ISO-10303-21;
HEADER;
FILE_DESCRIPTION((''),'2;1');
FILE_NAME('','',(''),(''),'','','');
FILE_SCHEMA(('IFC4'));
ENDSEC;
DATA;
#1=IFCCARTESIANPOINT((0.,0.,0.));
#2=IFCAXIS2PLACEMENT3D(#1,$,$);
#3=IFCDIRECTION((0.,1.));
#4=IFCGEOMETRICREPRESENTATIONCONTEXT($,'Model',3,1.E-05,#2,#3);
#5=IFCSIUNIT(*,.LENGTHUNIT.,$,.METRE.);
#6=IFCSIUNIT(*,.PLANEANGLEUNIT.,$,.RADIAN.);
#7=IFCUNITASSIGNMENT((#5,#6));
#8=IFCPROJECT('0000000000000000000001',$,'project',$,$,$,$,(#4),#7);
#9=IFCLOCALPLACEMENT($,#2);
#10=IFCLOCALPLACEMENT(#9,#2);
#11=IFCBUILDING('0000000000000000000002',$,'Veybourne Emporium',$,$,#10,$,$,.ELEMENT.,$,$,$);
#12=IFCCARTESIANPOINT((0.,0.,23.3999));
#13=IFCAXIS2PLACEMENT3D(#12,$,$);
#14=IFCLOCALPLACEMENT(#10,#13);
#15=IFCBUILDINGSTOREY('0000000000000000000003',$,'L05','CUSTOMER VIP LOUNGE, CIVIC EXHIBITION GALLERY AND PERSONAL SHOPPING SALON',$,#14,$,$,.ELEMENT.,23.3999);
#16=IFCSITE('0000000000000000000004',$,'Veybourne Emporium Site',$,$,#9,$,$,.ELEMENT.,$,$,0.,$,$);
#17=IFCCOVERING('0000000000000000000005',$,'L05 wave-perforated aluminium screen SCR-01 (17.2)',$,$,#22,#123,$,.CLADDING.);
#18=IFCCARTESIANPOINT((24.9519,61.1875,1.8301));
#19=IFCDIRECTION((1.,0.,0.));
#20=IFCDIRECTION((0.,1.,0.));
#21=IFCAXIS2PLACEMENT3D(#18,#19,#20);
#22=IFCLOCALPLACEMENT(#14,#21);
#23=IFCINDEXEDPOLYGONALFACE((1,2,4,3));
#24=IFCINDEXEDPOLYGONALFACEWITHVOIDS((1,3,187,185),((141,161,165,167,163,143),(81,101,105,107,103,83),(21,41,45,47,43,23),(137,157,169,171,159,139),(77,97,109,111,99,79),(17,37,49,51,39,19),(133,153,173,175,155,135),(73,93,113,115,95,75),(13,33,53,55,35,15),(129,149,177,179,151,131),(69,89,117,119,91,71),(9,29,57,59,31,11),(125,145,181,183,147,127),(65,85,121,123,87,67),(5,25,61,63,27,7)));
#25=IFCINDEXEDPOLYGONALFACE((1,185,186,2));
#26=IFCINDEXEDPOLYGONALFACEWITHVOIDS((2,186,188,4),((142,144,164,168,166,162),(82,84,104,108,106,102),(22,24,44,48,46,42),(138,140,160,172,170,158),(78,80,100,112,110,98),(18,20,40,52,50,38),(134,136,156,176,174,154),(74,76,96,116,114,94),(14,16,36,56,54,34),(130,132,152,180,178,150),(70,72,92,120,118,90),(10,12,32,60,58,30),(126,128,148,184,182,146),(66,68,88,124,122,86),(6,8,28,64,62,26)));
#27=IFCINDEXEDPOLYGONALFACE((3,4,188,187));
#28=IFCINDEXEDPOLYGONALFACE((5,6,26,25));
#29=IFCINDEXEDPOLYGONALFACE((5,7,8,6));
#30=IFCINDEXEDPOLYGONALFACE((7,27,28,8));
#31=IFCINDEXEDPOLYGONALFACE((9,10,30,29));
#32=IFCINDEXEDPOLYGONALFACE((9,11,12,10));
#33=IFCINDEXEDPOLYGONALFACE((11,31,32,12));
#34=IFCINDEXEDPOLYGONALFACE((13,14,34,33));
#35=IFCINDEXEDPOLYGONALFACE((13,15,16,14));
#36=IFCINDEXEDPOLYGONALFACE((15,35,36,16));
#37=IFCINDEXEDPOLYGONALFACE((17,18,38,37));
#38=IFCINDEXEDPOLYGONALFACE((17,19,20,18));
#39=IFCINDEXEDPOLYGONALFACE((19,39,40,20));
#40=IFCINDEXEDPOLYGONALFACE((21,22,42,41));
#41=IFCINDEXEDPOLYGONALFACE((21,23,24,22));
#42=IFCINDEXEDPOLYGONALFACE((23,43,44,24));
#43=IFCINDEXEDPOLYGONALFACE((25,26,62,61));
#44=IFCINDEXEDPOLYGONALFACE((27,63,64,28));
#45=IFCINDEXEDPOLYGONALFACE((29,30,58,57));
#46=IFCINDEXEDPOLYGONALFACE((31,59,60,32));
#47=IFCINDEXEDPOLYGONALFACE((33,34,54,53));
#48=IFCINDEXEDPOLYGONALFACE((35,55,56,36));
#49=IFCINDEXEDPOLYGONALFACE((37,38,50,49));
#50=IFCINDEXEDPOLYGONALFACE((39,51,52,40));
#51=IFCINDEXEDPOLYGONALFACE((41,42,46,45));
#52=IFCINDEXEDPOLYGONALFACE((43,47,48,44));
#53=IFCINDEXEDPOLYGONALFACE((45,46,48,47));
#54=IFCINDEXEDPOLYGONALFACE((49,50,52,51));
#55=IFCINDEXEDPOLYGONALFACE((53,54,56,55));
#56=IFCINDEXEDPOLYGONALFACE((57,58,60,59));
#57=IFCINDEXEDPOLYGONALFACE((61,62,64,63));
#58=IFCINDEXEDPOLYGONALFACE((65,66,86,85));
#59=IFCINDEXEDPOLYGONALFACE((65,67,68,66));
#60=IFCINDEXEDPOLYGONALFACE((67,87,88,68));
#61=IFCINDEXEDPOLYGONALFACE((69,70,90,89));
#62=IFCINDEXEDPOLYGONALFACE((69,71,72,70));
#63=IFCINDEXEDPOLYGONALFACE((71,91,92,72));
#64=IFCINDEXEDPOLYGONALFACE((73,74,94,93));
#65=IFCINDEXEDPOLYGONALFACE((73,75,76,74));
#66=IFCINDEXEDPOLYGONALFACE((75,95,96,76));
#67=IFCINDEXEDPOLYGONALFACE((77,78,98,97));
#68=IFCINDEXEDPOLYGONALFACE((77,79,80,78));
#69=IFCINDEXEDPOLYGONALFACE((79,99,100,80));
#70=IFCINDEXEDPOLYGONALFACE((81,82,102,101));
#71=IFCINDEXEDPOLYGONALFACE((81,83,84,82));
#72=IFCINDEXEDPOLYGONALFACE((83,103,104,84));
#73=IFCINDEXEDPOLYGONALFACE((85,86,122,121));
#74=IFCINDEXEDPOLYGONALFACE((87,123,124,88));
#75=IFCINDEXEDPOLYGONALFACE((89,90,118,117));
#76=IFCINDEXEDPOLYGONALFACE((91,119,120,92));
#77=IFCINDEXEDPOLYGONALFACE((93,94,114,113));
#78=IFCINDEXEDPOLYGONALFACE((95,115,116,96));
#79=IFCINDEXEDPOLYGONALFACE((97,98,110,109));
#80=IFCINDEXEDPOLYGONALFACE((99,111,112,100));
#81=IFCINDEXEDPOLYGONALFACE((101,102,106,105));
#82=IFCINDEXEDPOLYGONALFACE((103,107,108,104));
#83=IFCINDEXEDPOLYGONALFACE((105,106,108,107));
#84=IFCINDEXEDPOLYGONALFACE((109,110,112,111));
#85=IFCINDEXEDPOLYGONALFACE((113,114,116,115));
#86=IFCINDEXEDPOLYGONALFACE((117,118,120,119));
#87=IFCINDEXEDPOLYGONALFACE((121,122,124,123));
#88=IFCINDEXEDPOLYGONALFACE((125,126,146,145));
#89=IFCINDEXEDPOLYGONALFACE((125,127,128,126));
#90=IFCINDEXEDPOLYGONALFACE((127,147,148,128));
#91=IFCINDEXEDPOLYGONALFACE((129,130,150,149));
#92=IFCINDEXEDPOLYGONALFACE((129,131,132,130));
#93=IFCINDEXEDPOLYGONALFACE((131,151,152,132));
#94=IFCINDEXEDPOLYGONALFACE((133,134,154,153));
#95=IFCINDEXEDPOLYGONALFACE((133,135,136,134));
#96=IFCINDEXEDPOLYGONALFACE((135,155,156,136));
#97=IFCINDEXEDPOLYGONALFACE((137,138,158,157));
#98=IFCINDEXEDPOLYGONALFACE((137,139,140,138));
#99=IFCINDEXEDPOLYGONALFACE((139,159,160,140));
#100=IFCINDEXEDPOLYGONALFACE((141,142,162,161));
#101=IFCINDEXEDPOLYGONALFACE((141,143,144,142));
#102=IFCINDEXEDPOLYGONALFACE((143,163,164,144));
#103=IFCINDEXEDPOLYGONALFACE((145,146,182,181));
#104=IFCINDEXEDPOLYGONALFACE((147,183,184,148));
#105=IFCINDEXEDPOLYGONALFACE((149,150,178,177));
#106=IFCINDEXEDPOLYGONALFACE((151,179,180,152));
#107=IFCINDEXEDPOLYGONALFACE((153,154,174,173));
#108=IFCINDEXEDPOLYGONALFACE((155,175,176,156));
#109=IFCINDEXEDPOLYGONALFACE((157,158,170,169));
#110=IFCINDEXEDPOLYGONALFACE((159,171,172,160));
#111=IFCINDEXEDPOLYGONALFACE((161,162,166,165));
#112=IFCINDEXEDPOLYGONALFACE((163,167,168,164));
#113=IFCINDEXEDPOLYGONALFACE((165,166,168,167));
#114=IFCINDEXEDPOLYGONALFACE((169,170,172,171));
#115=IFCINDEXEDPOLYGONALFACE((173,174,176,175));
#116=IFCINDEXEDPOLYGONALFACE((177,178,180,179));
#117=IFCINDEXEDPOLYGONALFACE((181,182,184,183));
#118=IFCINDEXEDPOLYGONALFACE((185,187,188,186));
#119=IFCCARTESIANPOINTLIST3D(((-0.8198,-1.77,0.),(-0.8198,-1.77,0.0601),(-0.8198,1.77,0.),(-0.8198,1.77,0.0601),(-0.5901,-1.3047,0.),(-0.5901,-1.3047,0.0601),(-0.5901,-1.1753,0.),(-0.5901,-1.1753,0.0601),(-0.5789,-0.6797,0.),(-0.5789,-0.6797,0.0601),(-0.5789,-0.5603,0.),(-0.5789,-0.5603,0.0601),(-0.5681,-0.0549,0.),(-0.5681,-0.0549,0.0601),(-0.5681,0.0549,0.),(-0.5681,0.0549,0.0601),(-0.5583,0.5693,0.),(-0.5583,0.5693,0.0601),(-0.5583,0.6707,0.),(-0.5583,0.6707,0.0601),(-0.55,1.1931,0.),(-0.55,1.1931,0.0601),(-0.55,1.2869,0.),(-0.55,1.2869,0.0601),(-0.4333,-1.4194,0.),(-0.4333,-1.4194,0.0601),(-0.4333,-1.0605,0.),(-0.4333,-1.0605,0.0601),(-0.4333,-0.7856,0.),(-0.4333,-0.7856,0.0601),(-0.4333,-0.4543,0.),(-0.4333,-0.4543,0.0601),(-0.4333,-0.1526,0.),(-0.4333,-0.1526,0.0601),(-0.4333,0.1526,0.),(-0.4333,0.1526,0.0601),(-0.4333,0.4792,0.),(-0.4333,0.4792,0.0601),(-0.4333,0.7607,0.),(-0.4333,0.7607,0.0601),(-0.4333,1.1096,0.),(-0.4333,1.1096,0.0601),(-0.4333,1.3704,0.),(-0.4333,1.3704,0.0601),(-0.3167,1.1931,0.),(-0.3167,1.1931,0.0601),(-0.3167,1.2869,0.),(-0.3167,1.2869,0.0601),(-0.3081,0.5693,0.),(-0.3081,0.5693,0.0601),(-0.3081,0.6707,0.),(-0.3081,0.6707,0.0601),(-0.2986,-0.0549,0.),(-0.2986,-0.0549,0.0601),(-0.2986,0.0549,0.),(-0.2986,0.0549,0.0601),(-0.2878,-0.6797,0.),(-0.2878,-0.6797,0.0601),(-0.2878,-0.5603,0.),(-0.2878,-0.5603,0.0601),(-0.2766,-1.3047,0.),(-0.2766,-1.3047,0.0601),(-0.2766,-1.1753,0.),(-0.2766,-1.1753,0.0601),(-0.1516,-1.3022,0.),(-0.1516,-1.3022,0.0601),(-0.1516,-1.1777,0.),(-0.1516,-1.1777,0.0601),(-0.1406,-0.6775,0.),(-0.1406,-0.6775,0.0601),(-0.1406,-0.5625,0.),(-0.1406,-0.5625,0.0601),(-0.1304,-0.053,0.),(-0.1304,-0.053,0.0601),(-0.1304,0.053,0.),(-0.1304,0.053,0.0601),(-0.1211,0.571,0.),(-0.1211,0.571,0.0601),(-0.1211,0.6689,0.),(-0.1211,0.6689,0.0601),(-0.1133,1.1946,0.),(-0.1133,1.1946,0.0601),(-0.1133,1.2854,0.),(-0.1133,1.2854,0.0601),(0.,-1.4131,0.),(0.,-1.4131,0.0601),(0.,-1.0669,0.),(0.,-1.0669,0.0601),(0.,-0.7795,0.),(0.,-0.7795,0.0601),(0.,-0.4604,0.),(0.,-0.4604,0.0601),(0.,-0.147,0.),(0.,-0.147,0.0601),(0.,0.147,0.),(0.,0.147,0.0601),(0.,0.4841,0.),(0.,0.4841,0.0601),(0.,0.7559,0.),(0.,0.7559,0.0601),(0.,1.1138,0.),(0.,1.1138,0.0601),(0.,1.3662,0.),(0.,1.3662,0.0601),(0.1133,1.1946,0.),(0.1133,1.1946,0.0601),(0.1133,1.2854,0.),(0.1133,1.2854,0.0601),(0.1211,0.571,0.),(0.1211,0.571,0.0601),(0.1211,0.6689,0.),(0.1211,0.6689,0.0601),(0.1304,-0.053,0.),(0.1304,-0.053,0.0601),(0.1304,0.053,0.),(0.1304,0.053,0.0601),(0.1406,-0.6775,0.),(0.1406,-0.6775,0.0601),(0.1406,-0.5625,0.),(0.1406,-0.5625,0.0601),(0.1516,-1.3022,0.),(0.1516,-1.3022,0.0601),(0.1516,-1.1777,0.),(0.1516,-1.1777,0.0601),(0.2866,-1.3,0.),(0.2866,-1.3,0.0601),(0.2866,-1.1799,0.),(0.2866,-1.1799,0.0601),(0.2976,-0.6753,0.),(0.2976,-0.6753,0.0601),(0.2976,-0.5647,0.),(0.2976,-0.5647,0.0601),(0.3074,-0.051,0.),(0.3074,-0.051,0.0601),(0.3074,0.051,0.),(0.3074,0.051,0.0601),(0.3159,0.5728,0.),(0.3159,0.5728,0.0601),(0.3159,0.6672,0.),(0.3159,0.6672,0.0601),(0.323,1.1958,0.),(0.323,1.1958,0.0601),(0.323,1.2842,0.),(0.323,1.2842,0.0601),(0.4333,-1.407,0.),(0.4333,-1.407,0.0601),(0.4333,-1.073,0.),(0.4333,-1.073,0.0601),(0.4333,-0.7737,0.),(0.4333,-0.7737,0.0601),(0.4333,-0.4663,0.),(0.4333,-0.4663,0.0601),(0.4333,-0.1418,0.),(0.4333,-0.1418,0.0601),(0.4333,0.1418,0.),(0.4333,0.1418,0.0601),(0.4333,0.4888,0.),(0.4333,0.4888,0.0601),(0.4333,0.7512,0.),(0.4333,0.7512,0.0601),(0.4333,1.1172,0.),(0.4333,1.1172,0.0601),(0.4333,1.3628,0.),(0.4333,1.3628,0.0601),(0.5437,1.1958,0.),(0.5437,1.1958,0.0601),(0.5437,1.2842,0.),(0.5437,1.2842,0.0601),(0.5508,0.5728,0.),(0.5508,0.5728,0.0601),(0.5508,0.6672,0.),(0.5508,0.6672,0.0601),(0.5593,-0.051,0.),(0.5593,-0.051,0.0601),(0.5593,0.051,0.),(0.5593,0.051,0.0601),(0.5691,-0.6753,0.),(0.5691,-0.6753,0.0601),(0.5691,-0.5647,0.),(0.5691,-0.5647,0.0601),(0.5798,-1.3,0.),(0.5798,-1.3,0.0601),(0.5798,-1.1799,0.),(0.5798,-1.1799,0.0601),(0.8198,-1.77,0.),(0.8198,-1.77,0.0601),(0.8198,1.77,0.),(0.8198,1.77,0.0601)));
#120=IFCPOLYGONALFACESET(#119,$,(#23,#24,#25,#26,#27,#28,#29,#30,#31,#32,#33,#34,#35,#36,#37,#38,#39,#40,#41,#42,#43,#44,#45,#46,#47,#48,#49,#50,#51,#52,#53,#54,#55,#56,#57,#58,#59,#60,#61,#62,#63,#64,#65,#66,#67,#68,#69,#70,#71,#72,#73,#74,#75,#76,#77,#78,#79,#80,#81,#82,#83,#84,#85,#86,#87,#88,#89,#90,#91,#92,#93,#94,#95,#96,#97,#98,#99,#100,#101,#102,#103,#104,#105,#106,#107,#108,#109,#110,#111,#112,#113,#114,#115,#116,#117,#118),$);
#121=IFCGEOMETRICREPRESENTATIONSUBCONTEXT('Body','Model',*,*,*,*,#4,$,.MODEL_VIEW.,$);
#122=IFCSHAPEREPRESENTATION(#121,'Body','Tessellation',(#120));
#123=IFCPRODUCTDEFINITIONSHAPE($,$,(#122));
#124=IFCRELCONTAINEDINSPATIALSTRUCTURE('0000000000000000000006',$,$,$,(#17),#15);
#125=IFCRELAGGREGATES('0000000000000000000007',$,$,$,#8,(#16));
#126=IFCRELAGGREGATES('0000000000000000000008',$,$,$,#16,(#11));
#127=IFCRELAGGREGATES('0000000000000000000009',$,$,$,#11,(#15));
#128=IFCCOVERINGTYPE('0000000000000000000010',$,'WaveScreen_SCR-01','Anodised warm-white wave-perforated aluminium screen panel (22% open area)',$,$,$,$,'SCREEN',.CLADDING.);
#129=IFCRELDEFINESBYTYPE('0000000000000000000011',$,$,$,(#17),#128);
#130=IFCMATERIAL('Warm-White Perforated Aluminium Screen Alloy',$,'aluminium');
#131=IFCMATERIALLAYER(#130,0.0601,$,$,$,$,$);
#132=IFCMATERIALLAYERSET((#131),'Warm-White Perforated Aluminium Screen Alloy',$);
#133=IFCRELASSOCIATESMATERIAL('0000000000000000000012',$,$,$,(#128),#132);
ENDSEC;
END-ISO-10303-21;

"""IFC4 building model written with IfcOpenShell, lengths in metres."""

from ifc_helpers import new_model, si_unit, direction, frame, origin, place, context, subcontext, project, spatial, polyline, outline, extrude, material, layer, layer_set, type_object, element, save


model = new_model("IFC4")

# Units and contexts
model_context = context("Model", 3, precision=1e-05, world=origin(), true_north=direction((0.0, 1.0)))
body_context = subcontext(model_context, "Body", "Model", "MODEL_VIEW")
ifc_project = project(units=[si_unit("LENGTHUNIT", "METRE"), si_unit("PLANEANGLEUNIT", "RADIAN")], contexts=[model_context])

# Site, building, storey
site_placement = place(None, origin())
site = spatial("IfcSite", under=ifc_project, at=site_placement, Name="Veybourne Emporium Site", CompositionType="ELEMENT", RefElevation=0.0)
building_placement = place(site_placement, origin())
building = spatial("IfcBuilding", under=site, at=building_placement, Name="Veybourne Emporium", CompositionType="ELEMENT")
storey_placement = place(building_placement, frame((0.0, 0.0, 23.3999)))
storey = spatial("IfcBuildingStorey", under=building, at=storey_placement, Name="L05", Description="CUSTOMER VIP LOUNGE, CIVIC EXHIBITION GALLERY AND PERSONAL SHOPPING SALON", CompositionType="ELEMENT", Elevation=23.3999)

# Covering
ifc_material_1 = material(Name="Warm-White Perforated Aluminium Screen Alloy", Category="aluminium")
ifc_layer_1 = layer(ifc_material_1, 0.0601)
ifc_layer_set_1 = layer_set([ifc_layer_1], Name="Warm-White Perforated Aluminium Screen Alloy")
covering_type_1 = type_object("IfcCoveringType", Name="WaveScreen_SCR-01", Description="Anodised warm-white wave-perforated aluminium screen panel (22% open area)", ElementType="SCREEN", PredefinedType="CLADDING", material=ifc_layer_set_1)
covering_1_placement = place(storey_placement, frame((24.9519, 61.1875, 1.8301), z_axis=(1.0, 0.0, 0.0), x_axis=(0.0, 1.0, 0.0)))
element("IfcCovering", 1, at=covering_1_placement, inside=storey, type_object=covering_type_1, Name="L05 wave-perforated aluminium screen SCR-01 (17.2)", PredefinedType="CLADDING", context=body_context, shape_type="SweptSolid", body=[
    extrude(outline(polyline([(-0.8198, -1.77), (0.8198, -1.77), (0.8198, 1.77), (-0.8198, 1.77), (-0.8198, -1.77)]), holes=[polyline([(-0.4333, -1.0605), (-0.2766, -1.1753), (-0.2766, -1.3047), (-0.4333, -1.4194), (-0.5901, -1.3047), (-0.5901, -1.1753), (-0.4333, -1.0605)]), polyline([(-0.4333, -0.4543), (-0.2878, -0.5603), (-0.2878, -0.6797), (-0.4333, -0.7856), (-0.5789, -0.6797), (-0.5789, -0.5603), (-0.4333, -0.4543)]), polyline([(-0.4333, 0.1526), (-0.2986, 0.0549), (-0.2986, -0.0549), (-0.4333, -0.1526), (-0.5681, -0.0549), (-0.5681, 0.0549), (-0.4333, 0.1526)]), polyline([(-0.4333, 0.7607), (-0.3081, 0.6707), (-0.3081, 0.5693), (-0.4333, 0.4792), (-0.5583, 0.5693), (-0.5583, 0.6707), (-0.4333, 0.7607)]), polyline([(-0.4333, 1.3704), (-0.3167, 1.2869), (-0.3167, 1.1931), (-0.4333, 1.1096), (-0.55, 1.1931), (-0.55, 1.2869), (-0.4333, 1.3704)]), polyline([(0.0, -1.0669), (0.1516, -1.1777), (0.1516, -1.3022), (0.0, -1.4131), (-0.1516, -1.3022), (-0.1516, -1.1777), (0.0, -1.0669)]), polyline([(0.0, -0.4604), (0.1406, -0.5625), (0.1406, -0.6775), (0.0, -0.7795), (-0.1406, -0.6775), (-0.1406, -0.5625), (0.0, -0.4604)]), polyline([(0.0, 0.147), (0.1304, 0.053), (0.1304, -0.053), (0.0, -0.147), (-0.1304, -0.053), (-0.1304, 0.053), (0.0, 0.147)]), polyline([(0.0, 0.7559), (0.1211, 0.6689), (0.1211, 0.571), (0.0, 0.4841), (-0.1211, 0.571), (-0.1211, 0.6689), (0.0, 0.7559)]), polyline([(0.0, 1.3662), (0.1133, 1.2854), (0.1133, 1.1946), (0.0, 1.1138), (-0.1133, 1.1946), (-0.1133, 1.2854), (0.0, 1.3662)]), polyline([(0.4333, -1.073), (0.5798, -1.1799), (0.5798, -1.3), (0.4333, -1.407), (0.2866, -1.3), (0.2866, -1.1799), (0.4333, -1.073)]), polyline([(0.4333, -0.4663), (0.5691, -0.5647), (0.5691, -0.6753), (0.4333, -0.7737), (0.2976, -0.6753), (0.2976, -0.5647), (0.4333, -0.4663)]), polyline([(0.4333, 0.1418), (0.5593, 0.051), (0.5593, -0.051), (0.4333, -0.1418), (0.3074, -0.051), (0.3074, 0.051), (0.4333, 0.1418)]), polyline([(0.4333, 0.7512), (0.5508, 0.6672), (0.5508, 0.5728), (0.4333, 0.4888), (0.3159, 0.5728), (0.3159, 0.6672), (0.4333, 0.7512)]), polyline([(0.4333, 1.3628), (0.5437, 1.2842), (0.5437, 1.1958), (0.4333, 1.1172), (0.323, 1.1958), (0.323, 1.2842), (0.4333, 1.3628)])]), origin(), (0.0, 0.0, 1.0), 0.0601),
])

save(model, "model.ifc")
